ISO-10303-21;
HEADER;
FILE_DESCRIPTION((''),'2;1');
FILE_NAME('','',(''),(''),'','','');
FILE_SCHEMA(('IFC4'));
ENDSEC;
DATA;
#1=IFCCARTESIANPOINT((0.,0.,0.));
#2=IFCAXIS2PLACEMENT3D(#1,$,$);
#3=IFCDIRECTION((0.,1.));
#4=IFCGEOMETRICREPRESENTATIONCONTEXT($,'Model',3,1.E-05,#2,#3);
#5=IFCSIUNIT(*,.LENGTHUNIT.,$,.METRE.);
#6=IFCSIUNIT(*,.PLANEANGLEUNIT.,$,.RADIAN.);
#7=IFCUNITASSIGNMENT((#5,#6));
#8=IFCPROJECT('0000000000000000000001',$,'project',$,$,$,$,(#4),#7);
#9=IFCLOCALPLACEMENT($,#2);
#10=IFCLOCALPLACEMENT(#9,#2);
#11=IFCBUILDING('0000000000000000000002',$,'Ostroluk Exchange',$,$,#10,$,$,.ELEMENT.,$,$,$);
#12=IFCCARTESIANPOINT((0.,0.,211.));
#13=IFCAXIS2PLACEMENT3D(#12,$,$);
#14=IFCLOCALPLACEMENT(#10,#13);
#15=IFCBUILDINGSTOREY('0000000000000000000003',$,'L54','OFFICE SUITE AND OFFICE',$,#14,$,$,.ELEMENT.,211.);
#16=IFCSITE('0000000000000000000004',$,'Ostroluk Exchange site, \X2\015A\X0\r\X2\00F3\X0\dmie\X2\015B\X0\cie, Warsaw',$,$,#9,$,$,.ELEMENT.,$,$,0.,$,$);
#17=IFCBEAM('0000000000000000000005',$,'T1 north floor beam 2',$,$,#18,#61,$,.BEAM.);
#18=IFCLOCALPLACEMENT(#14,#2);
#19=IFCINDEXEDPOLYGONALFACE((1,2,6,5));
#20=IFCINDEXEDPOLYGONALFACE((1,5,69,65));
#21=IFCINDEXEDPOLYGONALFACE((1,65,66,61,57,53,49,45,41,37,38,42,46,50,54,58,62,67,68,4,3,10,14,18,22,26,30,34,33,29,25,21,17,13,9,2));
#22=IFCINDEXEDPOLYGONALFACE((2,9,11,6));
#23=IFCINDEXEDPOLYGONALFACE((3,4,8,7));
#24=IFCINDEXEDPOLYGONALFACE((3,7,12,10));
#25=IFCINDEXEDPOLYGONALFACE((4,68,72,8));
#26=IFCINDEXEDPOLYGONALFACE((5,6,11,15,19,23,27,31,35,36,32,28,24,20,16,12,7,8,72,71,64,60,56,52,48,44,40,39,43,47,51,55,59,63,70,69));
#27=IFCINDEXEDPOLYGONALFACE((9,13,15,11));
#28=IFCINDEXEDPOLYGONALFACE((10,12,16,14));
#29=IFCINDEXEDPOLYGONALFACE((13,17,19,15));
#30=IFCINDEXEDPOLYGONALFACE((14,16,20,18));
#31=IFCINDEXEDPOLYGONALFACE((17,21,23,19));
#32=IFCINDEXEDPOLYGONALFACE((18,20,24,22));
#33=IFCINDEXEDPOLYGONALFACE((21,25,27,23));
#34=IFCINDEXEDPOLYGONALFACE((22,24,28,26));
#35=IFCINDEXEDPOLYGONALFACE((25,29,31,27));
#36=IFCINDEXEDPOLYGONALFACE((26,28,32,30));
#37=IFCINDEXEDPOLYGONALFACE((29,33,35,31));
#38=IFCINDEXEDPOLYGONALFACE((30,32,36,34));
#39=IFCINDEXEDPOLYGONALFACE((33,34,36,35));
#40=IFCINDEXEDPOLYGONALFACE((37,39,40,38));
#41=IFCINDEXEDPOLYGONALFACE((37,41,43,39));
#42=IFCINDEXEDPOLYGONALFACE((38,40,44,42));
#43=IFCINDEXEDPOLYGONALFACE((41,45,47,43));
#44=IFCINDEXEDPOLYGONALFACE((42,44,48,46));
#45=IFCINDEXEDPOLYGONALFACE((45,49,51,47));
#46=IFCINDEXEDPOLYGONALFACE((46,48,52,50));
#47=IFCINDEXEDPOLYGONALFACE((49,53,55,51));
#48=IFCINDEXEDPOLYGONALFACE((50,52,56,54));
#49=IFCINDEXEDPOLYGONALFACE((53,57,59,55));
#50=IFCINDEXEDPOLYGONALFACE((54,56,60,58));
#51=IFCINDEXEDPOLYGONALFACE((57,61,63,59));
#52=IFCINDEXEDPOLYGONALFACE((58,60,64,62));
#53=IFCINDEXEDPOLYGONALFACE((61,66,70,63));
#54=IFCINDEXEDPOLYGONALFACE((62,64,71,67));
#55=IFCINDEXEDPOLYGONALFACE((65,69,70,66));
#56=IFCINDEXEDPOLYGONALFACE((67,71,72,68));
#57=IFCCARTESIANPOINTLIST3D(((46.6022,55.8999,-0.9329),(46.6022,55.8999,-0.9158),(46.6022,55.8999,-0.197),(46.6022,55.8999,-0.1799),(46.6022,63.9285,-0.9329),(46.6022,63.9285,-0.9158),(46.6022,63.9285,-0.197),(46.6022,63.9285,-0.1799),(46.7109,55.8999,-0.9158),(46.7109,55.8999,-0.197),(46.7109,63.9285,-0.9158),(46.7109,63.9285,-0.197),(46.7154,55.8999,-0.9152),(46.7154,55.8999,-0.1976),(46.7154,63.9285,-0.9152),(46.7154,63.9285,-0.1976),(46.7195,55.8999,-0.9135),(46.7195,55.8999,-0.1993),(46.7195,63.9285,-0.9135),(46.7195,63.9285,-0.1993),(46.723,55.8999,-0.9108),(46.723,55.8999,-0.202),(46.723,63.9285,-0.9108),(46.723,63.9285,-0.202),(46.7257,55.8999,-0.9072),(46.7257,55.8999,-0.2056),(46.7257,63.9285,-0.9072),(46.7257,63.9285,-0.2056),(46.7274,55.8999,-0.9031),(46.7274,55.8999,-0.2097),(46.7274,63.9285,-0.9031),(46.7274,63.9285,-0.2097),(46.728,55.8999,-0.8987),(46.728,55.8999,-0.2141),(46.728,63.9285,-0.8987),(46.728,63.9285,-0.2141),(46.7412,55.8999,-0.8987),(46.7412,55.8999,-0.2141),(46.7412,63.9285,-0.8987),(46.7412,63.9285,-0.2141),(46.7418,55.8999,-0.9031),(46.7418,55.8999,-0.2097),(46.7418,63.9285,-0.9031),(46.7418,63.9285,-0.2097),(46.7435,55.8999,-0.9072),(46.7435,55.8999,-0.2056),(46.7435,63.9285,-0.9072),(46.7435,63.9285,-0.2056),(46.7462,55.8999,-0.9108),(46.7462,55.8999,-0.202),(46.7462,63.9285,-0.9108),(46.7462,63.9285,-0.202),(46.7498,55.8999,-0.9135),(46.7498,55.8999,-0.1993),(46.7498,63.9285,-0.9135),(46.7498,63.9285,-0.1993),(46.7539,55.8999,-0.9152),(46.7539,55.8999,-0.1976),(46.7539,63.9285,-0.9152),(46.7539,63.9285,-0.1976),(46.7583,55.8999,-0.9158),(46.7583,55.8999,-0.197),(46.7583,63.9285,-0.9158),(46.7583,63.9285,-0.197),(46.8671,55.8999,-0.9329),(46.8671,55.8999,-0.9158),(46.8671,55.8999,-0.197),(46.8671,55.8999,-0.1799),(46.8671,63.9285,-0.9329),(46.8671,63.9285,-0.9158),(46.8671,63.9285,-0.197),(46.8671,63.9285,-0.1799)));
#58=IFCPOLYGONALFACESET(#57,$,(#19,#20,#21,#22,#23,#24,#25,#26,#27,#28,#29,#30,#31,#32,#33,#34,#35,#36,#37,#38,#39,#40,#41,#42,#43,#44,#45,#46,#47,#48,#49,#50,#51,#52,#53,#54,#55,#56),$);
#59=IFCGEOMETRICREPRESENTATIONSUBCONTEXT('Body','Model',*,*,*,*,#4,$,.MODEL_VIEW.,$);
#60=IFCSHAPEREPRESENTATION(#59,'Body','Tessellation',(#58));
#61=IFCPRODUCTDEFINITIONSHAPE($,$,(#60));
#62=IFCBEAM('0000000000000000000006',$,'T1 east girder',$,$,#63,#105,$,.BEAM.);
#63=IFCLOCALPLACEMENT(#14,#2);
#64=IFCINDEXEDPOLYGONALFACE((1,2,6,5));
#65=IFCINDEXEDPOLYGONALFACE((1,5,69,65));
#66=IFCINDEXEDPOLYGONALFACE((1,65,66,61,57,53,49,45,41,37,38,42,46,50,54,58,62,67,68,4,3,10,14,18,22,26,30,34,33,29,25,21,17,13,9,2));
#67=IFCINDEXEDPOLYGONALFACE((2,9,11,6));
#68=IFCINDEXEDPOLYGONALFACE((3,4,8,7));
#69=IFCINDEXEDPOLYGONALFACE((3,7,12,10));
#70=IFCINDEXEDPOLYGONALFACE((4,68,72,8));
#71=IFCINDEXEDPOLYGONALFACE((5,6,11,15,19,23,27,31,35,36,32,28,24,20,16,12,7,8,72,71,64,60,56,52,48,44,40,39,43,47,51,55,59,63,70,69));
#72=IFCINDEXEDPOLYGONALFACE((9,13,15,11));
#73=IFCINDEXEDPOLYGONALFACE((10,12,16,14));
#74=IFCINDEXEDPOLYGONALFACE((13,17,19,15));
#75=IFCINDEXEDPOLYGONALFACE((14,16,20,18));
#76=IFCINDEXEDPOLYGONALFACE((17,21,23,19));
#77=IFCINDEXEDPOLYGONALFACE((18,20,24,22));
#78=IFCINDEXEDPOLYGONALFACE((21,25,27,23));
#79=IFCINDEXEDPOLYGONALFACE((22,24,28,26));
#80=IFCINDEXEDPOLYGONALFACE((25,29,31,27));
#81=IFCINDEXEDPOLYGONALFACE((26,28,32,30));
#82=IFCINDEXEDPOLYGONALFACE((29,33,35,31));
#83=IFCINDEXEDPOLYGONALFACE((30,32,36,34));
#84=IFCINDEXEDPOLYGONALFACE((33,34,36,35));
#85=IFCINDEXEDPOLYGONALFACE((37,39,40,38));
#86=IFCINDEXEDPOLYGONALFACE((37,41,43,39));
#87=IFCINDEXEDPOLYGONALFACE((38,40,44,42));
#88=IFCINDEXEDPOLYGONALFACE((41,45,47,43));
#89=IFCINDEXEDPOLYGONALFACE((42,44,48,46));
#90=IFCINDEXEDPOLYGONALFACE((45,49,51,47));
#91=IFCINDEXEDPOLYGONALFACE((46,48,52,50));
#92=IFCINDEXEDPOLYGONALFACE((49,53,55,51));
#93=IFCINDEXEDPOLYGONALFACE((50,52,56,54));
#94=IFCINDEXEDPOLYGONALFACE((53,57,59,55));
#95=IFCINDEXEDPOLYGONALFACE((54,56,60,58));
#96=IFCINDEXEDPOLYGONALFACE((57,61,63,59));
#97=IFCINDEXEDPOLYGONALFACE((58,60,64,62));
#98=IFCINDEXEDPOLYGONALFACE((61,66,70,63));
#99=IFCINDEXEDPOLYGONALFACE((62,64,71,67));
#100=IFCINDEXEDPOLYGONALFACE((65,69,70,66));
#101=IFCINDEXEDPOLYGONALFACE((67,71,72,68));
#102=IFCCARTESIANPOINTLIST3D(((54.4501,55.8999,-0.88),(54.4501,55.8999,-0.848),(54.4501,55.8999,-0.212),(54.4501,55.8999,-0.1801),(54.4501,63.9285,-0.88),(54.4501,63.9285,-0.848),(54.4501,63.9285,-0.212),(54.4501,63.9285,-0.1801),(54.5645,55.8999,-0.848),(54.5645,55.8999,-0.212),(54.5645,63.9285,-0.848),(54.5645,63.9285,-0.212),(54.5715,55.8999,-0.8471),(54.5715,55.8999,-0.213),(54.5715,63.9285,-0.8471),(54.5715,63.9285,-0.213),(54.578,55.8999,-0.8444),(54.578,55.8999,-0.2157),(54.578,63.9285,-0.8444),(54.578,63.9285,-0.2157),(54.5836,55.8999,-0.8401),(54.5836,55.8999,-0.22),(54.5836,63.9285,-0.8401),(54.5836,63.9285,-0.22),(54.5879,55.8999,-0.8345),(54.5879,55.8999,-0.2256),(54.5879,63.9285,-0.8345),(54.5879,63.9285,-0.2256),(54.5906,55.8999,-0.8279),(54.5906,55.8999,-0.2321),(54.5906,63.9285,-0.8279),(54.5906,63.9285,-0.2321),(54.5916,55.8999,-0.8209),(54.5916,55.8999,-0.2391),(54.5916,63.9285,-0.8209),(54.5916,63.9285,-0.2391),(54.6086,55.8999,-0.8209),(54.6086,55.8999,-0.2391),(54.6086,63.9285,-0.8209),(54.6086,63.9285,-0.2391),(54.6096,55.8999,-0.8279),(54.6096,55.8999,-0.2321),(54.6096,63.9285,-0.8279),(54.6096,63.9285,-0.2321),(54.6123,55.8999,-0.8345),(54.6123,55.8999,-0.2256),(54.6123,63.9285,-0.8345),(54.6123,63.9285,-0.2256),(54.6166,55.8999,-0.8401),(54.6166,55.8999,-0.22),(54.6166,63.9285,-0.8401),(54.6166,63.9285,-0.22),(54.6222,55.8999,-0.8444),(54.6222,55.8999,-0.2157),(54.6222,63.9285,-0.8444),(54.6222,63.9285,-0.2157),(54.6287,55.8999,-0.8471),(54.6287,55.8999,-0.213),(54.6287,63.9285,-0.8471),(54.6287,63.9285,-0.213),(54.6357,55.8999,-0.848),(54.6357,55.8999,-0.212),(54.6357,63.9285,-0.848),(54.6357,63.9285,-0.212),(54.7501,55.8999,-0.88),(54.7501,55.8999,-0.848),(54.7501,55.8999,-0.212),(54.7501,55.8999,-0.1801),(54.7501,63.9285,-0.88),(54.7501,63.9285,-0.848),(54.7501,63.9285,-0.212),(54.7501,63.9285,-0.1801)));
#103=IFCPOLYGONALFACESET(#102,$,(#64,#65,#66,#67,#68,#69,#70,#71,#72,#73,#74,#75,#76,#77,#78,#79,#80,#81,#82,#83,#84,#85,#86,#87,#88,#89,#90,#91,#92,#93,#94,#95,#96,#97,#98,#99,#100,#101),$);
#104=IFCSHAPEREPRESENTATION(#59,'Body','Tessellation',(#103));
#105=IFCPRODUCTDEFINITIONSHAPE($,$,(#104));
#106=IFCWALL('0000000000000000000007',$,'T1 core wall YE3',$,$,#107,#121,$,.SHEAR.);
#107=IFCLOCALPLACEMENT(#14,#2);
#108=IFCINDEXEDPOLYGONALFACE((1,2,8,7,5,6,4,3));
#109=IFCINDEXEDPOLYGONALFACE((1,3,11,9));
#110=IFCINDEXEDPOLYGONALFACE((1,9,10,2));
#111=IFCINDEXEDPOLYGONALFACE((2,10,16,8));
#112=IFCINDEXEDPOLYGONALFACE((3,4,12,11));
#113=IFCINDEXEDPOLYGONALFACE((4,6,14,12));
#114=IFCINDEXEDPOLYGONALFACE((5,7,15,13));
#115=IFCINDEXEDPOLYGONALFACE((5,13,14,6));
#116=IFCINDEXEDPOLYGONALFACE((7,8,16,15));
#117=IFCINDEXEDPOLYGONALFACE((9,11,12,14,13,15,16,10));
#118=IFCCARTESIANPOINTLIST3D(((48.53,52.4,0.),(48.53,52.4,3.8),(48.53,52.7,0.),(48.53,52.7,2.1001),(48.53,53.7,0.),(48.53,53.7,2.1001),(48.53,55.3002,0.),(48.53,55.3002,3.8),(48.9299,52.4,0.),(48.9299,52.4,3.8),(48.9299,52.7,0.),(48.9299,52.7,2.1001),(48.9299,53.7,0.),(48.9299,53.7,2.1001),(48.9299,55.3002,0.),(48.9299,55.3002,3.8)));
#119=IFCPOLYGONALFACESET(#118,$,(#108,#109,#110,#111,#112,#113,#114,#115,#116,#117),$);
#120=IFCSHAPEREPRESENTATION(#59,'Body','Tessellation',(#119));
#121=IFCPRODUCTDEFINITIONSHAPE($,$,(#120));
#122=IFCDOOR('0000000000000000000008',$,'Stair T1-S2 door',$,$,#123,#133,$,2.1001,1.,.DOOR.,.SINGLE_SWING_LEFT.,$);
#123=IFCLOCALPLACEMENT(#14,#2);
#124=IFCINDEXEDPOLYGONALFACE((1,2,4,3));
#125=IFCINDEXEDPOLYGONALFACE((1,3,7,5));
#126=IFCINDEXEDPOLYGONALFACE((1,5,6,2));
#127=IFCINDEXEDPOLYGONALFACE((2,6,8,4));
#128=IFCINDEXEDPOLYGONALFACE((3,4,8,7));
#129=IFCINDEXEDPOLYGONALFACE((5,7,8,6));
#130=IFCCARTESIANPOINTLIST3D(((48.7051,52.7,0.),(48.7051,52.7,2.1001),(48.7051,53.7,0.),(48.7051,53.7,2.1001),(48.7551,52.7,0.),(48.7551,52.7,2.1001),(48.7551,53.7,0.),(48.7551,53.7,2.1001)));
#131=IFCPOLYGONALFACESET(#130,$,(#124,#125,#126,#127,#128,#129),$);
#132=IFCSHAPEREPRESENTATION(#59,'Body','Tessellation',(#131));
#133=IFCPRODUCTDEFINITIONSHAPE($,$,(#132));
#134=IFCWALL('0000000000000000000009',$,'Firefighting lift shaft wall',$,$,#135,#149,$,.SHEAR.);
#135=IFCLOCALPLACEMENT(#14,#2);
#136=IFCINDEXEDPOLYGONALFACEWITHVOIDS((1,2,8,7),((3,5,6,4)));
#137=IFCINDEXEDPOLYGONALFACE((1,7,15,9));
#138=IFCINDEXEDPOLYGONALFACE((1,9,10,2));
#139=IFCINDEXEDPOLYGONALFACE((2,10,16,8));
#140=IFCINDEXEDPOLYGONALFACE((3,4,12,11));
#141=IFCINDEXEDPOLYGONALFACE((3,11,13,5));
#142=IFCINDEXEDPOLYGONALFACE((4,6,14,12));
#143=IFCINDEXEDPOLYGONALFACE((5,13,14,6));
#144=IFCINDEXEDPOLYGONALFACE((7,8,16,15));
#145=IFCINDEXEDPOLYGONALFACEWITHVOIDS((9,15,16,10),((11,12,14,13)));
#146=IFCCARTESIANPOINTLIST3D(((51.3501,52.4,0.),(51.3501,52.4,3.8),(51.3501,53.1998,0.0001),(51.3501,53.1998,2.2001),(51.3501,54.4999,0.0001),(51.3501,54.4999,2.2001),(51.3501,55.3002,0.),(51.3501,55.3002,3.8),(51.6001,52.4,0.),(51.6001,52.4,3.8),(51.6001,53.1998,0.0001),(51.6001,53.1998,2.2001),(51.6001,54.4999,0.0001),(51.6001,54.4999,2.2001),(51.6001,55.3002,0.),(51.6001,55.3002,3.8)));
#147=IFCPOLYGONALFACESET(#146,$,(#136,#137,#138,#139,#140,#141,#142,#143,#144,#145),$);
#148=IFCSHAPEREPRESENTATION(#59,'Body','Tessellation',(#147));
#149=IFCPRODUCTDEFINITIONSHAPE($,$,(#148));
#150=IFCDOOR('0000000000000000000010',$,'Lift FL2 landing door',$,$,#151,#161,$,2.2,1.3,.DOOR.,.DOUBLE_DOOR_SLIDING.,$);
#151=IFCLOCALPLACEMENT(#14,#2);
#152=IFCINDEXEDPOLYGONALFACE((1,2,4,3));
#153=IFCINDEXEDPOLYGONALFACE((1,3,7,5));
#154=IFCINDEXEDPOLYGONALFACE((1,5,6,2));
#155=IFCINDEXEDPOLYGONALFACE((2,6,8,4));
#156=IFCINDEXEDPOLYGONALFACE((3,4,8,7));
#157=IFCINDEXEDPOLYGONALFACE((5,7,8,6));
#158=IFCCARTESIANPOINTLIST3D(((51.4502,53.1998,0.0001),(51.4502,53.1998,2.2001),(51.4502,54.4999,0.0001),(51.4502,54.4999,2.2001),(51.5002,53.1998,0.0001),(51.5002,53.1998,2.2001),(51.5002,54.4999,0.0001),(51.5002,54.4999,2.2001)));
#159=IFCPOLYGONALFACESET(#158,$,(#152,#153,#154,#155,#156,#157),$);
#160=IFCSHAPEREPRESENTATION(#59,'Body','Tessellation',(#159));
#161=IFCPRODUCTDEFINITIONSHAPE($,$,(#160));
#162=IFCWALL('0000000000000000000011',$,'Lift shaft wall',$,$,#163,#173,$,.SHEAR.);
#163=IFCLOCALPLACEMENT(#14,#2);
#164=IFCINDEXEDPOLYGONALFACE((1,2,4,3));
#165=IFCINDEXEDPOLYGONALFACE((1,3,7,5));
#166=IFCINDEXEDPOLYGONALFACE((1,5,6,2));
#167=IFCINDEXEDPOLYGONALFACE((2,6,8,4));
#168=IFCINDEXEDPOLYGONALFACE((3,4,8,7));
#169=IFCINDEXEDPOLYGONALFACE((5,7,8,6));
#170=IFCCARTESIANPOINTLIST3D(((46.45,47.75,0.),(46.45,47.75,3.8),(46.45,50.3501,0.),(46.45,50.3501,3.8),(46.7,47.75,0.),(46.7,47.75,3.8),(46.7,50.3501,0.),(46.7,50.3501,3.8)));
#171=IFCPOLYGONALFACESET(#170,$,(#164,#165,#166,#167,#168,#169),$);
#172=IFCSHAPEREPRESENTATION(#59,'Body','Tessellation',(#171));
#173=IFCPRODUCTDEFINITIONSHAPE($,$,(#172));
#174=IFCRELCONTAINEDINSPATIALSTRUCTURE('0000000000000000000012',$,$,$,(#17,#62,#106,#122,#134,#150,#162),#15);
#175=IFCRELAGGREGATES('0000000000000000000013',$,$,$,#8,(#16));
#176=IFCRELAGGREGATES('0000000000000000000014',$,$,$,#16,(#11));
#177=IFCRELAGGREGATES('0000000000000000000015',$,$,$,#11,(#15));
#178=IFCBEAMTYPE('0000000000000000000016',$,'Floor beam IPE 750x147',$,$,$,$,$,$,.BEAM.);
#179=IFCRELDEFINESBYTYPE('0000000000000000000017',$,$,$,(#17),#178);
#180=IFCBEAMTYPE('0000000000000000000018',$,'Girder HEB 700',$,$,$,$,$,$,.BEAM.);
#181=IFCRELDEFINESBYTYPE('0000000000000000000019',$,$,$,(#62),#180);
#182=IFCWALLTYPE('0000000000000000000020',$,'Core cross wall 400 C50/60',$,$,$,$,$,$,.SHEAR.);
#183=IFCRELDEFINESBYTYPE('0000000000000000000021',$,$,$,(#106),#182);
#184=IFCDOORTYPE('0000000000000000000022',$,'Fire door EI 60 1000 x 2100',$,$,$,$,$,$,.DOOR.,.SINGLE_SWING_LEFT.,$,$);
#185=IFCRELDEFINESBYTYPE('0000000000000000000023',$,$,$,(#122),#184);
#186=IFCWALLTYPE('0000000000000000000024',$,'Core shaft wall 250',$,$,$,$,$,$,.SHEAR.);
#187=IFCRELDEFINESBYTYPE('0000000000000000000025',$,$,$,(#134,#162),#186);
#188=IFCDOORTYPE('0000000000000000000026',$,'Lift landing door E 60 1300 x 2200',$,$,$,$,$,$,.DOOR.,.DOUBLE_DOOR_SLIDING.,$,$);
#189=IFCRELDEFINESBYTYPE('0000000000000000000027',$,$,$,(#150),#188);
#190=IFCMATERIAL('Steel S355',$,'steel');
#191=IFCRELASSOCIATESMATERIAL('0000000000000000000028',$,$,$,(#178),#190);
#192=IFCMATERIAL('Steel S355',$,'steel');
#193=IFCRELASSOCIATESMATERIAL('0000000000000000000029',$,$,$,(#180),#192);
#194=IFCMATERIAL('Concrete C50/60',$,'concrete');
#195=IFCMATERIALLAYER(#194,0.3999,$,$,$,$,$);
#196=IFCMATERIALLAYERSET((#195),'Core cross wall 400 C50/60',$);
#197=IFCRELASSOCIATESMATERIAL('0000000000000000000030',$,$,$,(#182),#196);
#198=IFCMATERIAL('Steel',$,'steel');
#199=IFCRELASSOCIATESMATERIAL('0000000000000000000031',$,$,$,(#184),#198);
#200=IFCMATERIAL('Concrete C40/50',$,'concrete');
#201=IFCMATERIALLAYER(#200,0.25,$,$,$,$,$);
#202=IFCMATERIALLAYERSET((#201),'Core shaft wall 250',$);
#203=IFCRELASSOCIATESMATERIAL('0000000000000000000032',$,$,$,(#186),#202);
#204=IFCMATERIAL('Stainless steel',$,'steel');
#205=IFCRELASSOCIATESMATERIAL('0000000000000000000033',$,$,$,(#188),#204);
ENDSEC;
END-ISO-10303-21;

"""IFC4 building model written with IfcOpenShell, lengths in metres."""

from ifc_helpers import new_model, si_unit, direction, frame, frame_2d, origin, origin_2d, place, context, subcontext, project, spatial, rectangle, i_section, extrude, material, layer, layer_set, material_profile, profile_set, type_object, element, fill, save


model = new_model("IFC4")

# Units and contexts
model_context = context("Model", 3, precision=1e-05, world=origin(), true_north=direction((0.0, 1.0)))
body_context = subcontext(model_context, "Body", "Model", "MODEL_VIEW")
ifc_project = project(units=[si_unit("LENGTHUNIT", "METRE"), si_unit("PLANEANGLEUNIT", "RADIAN")], contexts=[model_context])

# Site, building, storey
site_placement = place(None, origin())
site = spatial("IfcSite", under=ifc_project, at=site_placement, Name="Ostroluk Exchange site, Śródmieście, Warsaw", CompositionType="ELEMENT", RefElevation=0.0)
building_placement = place(site_placement, origin())
building = spatial("IfcBuilding", under=site, at=building_placement, Name="Ostroluk Exchange", CompositionType="ELEMENT")
storey_placement = place(building_placement, frame((0.0, 0.0, 211.0)))
storey = spatial("IfcBuildingStorey", under=building, at=storey_placement, Name="L54", Description="OFFICE SUITE AND OFFICE", CompositionType="ELEMENT", Elevation=211.0)

# Beams
ifc_material_1 = material(Name="Steel S355", Category="steel")
ifc_material_profile_1 = material_profile(ifc_material_1, i_section(OverallWidth=0.2649, OverallDepth=0.7529, WebThickness=0.0132, FlangeThickness=0.0171, FilletRadius=0.0171, at=origin_2d()), Name="IPE 750x147")
ifc_profile_set_1 = profile_set([ifc_material_profile_1], Name="Steel S355")
beam_type_1 = type_object("IfcBeamType", Name="Floor beam IPE 750x147", PredefinedType="BEAM", material=ifc_profile_set_1)
for number, where, z_axis, x_axis, name in (
    (1, (46.7346, 55.8999, -0.5564), (0.0, 1.0, 0.0), (-1.0, 0.0, 0.0), "T1 north floor beam 2"),
):
    element("IfcBeam", number, at=place(storey_placement, frame(where, z_axis=z_axis, x_axis=x_axis)), inside=storey, type_object=beam_type_1, Name=name, PredefinedType="BEAM", context=body_context, shape_type="SweptSolid", body=[
        extrude(i_section(OverallWidth=0.2649, OverallDepth=0.7529, WebThickness=0.0132, FlangeThickness=0.0171, FilletRadius=0.0171, at=origin_2d()), origin(), (0.0, 0.0, 1.0), 8.0286),
    ])
ifc_material_2 = material(Name="Steel S355", Category="steel")
ifc_material_profile_2 = material_profile(ifc_material_2, i_section(OverallWidth=0.3, OverallDepth=0.7, WebThickness=0.0171, FlangeThickness=0.032, FilletRadius=0.0271, at=origin_2d()), Name="HEB 700")
ifc_profile_set_2 = profile_set([ifc_material_profile_2], Name="Steel S355")
beam_type_2 = type_object("IfcBeamType", Name="Girder HEB 700", PredefinedType="BEAM", material=ifc_profile_set_2)
beam_1_placement = place(storey_placement, frame((54.6001, 55.8999, -0.53), z_axis=(0.0, 1.0, 0.0), x_axis=(-1.0, 0.0, 0.0)))
element("IfcBeam", 2, at=beam_1_placement, inside=storey, type_object=beam_type_2, Name="T1 east girder", PredefinedType="BEAM", context=body_context, shape_type="SweptSolid", body=[
    extrude(i_section(OverallWidth=0.3, OverallDepth=0.7, WebThickness=0.0171, FlangeThickness=0.032, FilletRadius=0.0271, at=origin_2d()), origin(), (0.0, 0.0, 1.0), 8.0286),
])

# Walls, openings, doors
ifc_material_3 = material(Name="Concrete C50/60", Category="concrete")
ifc_layer_1 = layer(ifc_material_3, 0.3999)
ifc_layer_set_1 = layer_set([ifc_layer_1], Name="Core cross wall 400 C50/60")
wall_type_1 = type_object("IfcWallType", Name="Core cross wall 400 C50/60", PredefinedType="SHEAR", material=ifc_layer_set_1)
wall_1_placement = place(storey_placement, frame((48.73, 52.3999, 0.0), z_axis=(0.0, 0.0, 1.0), x_axis=(0.0, 1.0, 0.0)))
wall_1 = element("IfcWall", 3, at=wall_1_placement, inside=storey, type_object=wall_type_1, Name="T1 core wall YE3", PredefinedType="SHEAR", context=body_context, shape_type="SweptSolid", body=[
    extrude(rectangle(XDim=2.9001, YDim=0.3999, at=frame_2d((1.4502, 0.0))), origin(), (0.0, 0.0, 1.0), 3.8),
])
opening_1_placement = place(wall_1_placement, frame((0.3, 0.0, 0.0)))
opening_1 = element("IfcOpeningElement", 4, at=opening_1_placement, cuts=wall_1, PredefinedType="OPENING", context=body_context, shape_type="SweptSolid", body=[
    extrude(rectangle(XDim=1.0, YDim=2.1001, at=frame_2d((0.5, 1.05))), frame((0.0, 0.21, 0.0), z_axis=(0.0, -1.0, 0.0), x_axis=(1.0, 0.0, 0.0)), (0.0, 0.0, 1.0), 0.4199),
])
ifc_material_4 = material(Name="Steel", Category="steel")
door_type_1 = type_object("IfcDoorType", Name="Fire door EI 60 1000 x 2100", OperationType="SINGLE_SWING_LEFT", PredefinedType="DOOR", material=ifc_material_4)
door_1_placement = place(opening_1_placement, origin())
door_1 = element("IfcDoor", 5, at=door_1_placement, inside=storey, type_object=door_type_1, Name="Stair T1-S2 door", OperationType="SINGLE_SWING_LEFT", OverallHeight=2.1001, OverallWidth=1.0, PredefinedType="DOOR", context=body_context, shape_type="SweptSolid", body=[
    extrude(rectangle(XDim=1.0, YDim=2.1001, at=frame_2d((0.5, 1.05))), frame((0.0, 0.0249, 0.0), z_axis=(0.0, -1.0, 0.0), x_axis=(1.0, 0.0, 0.0)), (0.0, 0.0, 1.0), 0.05),
])
fill(opening_1, door_1)
ifc_material_5 = material(Name="Concrete C40/50", Category="concrete")
ifc_layer_2 = layer(ifc_material_5, 0.25)
ifc_layer_set_2 = layer_set([ifc_layer_2], Name="Core shaft wall 250")
wall_type_2 = type_object("IfcWallType", Name="Core shaft wall 250", PredefinedType="SHEAR", material=ifc_layer_set_2)
wall_2_placement = place(storey_placement, frame((51.4751, 52.3999, 0.0), z_axis=(0.0, 0.0, 1.0), x_axis=(0.0, 1.0, 0.0)))
wall_2 = element("IfcWall", 6, at=wall_2_placement, inside=storey, type_object=wall_type_2, Name="Firefighting lift shaft wall", PredefinedType="SHEAR", context=body_context, shape_type="SweptSolid", body=[
    extrude(rectangle(XDim=2.9001, YDim=0.25, at=frame_2d((1.4502, 0.0))), origin(), (0.0, 0.0, 1.0), 3.8),
])
opening_2_placement = place(wall_2_placement, frame((0.8, 0.0, 0.0)))
opening_2 = element("IfcOpeningElement", 7, at=opening_2_placement, cuts=wall_2, PredefinedType="OPENING", context=body_context, shape_type="SweptSolid", body=[
    extrude(rectangle(XDim=1.3, YDim=2.2, at=frame_2d((0.6499, 1.1001))), frame((0.0, 0.135, 0.0), z_axis=(0.0, -1.0, 0.0), x_axis=(1.0, 0.0, 0.0)), (0.0, 0.0, 1.0), 0.27),
])
ifc_material_6 = material(Name="Stainless steel", Category="steel")
door_type_2 = type_object("IfcDoorType", Name="Lift landing door E 60 1300 x 2200", OperationType="DOUBLE_DOOR_SLIDING", PredefinedType="DOOR", material=ifc_material_6)
door_2_placement = place(opening_2_placement, origin())
door_2 = element("IfcDoor", 8, at=door_2_placement, inside=storey, type_object=door_type_2, Name="Lift FL2 landing door", OperationType="DOUBLE_DOOR_SLIDING", OverallHeight=2.2, OverallWidth=1.3, PredefinedType="DOOR", context=body_context, shape_type="SweptSolid", body=[
    extrude(rectangle(XDim=1.3, YDim=2.2, at=frame_2d((0.6499, 1.1001))), frame((0.0, 0.0249, 0.0), z_axis=(0.0, -1.0, 0.0), x_axis=(1.0, 0.0, 0.0)), (0.0, 0.0, 1.0), 0.05),
])
fill(opening_2, door_2)

# Wall
wall_3_placement = place(storey_placement, frame((46.575, 47.75, 0.0), z_axis=(0.0, 0.0, 1.0), x_axis=(0.0, 1.0, 0.0)))
element("IfcWall", 9, at=wall_3_placement, inside=storey, type_object=wall_type_2, Name="Lift shaft wall", PredefinedType="SHEAR", context=body_context, shape_type="SweptSolid", body=[
    extrude(rectangle(XDim=2.6001, YDim=0.25, at=frame_2d((1.3, 0.0))), origin(), (0.0, 0.0, 1.0), 3.8),
])

save(model, "model.ifc")
